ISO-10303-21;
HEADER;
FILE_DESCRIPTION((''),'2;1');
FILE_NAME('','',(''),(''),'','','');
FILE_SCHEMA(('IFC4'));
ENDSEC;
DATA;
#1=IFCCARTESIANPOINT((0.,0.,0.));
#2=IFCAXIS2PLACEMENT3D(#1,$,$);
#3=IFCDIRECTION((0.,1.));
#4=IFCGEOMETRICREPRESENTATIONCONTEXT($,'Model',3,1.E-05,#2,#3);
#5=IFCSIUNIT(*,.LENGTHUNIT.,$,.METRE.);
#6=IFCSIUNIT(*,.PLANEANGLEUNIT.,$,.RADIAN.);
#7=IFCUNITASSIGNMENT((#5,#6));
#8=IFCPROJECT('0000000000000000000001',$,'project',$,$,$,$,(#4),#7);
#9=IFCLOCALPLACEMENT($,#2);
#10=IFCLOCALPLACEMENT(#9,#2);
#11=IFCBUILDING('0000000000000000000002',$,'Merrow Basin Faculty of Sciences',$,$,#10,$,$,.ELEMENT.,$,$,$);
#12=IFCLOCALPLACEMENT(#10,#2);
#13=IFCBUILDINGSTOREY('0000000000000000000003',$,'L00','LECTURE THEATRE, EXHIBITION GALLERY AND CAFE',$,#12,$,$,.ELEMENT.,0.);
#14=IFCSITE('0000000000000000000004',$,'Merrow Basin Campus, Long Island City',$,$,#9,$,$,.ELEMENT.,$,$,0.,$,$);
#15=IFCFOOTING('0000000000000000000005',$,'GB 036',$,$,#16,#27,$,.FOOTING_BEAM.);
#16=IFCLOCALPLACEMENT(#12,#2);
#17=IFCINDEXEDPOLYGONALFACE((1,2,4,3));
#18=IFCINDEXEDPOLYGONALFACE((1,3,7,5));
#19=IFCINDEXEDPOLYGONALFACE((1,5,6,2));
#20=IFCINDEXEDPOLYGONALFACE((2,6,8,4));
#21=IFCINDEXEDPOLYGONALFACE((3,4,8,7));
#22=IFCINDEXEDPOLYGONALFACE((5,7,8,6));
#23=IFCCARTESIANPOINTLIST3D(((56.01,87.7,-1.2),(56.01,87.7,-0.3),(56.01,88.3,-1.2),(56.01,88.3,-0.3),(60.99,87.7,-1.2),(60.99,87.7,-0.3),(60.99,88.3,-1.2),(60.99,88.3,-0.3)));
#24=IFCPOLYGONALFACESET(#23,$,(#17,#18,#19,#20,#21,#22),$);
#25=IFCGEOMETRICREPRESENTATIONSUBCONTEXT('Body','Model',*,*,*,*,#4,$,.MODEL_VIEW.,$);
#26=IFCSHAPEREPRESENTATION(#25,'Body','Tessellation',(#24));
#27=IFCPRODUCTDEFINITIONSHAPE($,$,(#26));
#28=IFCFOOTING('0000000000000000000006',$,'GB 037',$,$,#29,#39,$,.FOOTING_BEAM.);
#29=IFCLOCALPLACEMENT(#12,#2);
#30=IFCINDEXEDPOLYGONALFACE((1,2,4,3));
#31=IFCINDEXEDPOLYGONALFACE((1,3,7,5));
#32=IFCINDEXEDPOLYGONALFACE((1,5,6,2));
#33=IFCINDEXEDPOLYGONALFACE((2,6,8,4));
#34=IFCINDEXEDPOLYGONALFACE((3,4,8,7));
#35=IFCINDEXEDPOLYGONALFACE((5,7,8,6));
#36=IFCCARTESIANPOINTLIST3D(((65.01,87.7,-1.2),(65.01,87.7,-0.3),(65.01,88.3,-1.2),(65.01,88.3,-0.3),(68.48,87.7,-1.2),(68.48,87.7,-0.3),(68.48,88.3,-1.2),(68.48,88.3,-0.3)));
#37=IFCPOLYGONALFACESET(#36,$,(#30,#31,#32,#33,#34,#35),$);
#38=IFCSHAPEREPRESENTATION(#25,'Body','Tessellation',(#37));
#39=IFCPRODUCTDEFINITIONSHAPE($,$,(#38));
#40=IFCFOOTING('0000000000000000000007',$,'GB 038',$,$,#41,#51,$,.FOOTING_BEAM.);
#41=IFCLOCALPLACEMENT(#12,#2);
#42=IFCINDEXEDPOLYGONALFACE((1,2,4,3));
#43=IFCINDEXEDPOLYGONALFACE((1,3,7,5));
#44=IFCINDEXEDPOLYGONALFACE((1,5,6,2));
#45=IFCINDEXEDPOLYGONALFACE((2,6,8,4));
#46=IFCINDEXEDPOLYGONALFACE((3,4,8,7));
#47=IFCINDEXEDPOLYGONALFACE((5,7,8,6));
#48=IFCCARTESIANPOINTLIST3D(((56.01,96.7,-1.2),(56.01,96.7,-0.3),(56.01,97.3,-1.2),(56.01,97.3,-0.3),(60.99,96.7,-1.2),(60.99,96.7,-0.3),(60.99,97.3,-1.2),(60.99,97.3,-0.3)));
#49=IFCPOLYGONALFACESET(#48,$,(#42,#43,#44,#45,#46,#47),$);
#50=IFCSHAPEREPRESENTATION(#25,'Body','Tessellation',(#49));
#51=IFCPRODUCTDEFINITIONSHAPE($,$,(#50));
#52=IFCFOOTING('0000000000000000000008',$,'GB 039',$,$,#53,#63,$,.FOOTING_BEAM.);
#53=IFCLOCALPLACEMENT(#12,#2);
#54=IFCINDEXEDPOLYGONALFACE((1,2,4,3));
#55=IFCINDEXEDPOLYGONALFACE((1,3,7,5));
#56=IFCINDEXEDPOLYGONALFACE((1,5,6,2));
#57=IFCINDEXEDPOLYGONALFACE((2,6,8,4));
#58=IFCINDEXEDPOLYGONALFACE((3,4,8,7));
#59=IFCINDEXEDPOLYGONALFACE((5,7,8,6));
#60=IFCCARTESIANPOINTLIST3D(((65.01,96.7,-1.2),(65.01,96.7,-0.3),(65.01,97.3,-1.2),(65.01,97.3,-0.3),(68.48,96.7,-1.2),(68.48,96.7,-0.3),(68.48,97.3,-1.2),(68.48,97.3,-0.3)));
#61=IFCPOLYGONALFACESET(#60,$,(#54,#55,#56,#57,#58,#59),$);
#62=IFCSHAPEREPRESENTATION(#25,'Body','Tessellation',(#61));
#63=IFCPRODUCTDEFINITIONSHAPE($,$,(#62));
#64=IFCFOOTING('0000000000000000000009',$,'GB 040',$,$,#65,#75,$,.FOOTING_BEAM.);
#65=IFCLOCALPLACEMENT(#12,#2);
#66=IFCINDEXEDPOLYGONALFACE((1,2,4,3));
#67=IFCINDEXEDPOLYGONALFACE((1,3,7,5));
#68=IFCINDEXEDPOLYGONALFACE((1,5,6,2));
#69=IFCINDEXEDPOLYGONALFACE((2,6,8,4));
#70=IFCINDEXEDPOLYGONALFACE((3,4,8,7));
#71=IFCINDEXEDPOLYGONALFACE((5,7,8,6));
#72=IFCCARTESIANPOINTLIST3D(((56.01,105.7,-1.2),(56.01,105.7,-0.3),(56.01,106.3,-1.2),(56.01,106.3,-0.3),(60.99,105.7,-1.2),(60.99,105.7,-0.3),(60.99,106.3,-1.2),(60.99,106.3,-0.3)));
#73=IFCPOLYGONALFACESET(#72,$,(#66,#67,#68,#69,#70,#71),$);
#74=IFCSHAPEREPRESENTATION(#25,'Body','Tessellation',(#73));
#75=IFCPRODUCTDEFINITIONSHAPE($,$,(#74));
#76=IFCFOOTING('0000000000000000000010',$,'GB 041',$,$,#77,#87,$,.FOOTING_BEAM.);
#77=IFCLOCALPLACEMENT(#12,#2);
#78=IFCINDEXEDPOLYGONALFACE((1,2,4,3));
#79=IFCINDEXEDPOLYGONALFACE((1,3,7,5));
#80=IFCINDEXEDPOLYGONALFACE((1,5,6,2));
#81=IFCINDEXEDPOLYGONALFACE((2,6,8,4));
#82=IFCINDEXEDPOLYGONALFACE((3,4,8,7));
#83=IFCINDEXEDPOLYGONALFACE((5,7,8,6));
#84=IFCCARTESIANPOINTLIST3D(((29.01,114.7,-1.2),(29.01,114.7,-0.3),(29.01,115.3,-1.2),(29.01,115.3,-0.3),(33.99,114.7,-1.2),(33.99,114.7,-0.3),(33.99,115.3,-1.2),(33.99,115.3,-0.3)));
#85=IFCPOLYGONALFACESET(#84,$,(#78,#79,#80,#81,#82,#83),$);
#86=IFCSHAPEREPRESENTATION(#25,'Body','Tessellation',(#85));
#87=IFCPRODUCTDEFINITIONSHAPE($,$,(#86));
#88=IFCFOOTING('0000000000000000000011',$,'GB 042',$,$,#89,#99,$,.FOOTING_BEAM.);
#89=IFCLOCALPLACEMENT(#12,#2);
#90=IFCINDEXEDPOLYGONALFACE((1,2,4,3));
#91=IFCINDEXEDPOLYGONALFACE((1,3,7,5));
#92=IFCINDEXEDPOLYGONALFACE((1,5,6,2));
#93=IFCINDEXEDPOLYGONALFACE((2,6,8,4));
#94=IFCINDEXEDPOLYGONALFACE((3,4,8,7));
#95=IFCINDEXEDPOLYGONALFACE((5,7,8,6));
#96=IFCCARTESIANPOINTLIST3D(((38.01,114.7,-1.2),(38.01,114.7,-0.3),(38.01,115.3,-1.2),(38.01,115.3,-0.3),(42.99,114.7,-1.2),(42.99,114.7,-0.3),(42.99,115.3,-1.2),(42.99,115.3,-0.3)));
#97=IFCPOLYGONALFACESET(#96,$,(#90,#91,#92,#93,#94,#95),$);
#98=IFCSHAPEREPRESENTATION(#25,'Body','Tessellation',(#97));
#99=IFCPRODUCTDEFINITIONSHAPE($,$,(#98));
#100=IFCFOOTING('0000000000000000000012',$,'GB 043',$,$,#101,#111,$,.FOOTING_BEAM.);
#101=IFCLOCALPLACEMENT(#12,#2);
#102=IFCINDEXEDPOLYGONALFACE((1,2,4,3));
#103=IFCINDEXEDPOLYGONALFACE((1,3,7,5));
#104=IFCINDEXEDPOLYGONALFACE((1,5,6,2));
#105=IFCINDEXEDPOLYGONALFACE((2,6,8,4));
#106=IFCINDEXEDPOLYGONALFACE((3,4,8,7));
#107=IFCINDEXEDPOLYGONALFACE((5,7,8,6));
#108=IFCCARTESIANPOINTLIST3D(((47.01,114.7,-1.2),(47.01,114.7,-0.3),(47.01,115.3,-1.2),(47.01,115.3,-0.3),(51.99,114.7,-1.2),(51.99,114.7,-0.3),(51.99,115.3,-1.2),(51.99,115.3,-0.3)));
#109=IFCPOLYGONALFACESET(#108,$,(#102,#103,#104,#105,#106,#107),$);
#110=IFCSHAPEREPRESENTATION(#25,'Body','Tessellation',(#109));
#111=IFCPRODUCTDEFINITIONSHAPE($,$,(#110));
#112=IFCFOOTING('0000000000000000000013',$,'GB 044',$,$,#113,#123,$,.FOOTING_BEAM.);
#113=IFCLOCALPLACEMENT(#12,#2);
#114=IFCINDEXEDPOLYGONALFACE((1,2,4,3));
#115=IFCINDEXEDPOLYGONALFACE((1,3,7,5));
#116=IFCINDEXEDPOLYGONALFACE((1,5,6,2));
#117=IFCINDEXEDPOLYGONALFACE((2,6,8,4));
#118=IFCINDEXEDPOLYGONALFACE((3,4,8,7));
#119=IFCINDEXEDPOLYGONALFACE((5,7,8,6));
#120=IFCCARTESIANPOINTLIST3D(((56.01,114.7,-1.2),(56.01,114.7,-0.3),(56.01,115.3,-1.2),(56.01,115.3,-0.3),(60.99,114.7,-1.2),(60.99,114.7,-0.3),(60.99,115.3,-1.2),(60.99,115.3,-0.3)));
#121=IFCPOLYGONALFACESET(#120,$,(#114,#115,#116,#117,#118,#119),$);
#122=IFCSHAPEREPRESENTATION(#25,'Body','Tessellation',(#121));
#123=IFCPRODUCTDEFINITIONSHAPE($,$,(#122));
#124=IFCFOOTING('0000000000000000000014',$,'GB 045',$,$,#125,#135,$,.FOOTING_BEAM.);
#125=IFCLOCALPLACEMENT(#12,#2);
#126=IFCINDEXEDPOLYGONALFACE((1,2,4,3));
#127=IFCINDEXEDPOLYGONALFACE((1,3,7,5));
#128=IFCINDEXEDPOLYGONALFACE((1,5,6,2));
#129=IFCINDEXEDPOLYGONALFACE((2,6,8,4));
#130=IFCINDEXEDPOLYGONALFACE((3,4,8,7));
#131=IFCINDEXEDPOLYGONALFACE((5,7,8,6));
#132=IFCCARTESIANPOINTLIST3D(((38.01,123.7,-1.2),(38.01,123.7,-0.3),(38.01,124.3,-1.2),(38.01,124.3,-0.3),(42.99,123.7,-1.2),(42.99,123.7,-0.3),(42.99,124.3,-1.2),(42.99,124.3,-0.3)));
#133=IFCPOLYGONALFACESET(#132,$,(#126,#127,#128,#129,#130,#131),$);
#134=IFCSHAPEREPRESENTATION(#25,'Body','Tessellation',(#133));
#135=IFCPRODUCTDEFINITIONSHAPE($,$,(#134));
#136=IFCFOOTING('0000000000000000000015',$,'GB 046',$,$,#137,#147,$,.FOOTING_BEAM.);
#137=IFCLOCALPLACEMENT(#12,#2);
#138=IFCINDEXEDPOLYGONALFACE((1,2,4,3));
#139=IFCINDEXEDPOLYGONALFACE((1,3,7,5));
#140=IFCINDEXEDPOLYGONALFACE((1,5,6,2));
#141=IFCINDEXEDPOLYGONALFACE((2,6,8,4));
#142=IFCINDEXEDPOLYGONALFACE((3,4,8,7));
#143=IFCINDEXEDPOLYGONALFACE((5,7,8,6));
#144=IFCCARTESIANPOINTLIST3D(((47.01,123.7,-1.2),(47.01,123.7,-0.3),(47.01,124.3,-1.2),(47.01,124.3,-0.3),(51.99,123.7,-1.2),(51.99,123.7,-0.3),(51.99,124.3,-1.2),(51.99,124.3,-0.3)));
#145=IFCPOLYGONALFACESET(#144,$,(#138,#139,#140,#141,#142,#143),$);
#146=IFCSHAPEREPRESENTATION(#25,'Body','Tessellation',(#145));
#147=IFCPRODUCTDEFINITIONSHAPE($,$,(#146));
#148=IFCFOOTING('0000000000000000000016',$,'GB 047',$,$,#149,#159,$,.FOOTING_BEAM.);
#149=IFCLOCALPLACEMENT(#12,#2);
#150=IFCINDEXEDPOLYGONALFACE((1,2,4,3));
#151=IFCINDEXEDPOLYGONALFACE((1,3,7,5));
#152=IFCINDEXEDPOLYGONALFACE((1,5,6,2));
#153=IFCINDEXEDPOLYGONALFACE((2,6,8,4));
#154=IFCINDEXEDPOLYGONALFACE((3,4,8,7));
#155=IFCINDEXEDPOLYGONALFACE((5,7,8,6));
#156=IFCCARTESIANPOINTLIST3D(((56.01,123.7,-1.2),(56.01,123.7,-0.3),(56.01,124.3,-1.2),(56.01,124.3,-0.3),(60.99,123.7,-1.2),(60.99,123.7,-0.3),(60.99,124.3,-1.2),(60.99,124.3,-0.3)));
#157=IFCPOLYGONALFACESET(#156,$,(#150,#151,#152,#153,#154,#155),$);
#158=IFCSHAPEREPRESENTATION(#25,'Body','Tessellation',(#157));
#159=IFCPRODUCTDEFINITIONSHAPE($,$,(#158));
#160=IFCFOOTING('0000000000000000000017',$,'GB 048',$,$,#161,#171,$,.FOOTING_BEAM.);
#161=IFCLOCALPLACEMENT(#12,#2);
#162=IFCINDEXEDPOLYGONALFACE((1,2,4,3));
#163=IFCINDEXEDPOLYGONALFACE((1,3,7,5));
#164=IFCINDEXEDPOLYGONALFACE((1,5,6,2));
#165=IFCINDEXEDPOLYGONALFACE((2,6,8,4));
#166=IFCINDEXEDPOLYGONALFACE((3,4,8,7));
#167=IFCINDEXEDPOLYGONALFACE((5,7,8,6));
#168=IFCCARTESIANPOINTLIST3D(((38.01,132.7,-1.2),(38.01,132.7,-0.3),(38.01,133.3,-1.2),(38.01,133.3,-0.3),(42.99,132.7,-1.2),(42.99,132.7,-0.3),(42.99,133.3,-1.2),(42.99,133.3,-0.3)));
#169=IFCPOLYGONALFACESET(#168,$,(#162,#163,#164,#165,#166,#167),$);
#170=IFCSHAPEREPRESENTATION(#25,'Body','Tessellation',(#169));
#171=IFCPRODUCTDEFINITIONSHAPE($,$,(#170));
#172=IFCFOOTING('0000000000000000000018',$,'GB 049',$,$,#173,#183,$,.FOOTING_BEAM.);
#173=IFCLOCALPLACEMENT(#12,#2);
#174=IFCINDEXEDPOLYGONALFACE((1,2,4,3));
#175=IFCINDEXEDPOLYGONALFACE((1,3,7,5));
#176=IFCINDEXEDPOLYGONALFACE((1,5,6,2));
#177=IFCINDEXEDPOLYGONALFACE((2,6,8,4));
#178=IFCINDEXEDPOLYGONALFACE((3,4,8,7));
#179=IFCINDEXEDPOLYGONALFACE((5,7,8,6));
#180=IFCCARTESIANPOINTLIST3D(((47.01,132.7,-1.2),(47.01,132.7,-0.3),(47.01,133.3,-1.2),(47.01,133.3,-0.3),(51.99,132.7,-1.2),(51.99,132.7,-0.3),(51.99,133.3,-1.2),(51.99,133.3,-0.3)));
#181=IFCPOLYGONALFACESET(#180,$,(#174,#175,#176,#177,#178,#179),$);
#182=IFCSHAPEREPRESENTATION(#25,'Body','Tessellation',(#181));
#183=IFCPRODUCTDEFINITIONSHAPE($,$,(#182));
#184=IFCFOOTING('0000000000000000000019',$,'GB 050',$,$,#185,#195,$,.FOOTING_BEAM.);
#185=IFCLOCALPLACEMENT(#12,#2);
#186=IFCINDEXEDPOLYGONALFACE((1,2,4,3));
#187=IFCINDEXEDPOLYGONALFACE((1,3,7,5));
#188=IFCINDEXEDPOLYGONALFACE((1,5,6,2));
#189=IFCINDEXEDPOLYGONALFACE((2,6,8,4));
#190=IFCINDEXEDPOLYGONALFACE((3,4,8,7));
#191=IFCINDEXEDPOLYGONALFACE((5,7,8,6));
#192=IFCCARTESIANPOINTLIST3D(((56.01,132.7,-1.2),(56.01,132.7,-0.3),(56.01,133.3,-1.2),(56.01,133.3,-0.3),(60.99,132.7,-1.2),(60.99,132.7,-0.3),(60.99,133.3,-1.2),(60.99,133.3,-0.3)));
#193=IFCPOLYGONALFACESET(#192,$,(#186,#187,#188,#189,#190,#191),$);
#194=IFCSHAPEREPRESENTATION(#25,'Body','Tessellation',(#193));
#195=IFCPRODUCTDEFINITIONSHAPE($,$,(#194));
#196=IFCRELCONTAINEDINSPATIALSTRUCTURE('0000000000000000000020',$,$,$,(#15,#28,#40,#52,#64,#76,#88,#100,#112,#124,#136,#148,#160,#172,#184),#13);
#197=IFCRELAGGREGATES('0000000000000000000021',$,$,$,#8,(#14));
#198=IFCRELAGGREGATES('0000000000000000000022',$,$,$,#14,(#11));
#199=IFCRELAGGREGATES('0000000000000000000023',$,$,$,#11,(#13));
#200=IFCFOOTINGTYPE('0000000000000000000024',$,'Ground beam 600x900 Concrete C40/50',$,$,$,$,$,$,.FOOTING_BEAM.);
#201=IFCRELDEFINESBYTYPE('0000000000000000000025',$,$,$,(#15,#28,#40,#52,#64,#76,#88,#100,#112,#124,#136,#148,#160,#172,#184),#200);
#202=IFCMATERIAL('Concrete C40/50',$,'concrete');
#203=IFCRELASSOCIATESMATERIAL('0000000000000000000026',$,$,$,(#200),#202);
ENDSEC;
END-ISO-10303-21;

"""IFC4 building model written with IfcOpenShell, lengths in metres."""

from ifc_helpers import new_model, si_unit, direction, frame, origin, place, context, subcontext, project, spatial, polyline, outline, extrude, material, type_object, element, save


model = new_model("IFC4")

# Units and contexts
model_context = context("Model", 3, precision=1e-05, world=origin(), true_north=direction((0.0, 1.0)))
body_context = subcontext(model_context, "Body", "Model", "MODEL_VIEW")
ifc_project = project(units=[si_unit("LENGTHUNIT", "METRE"), si_unit("PLANEANGLEUNIT", "RADIAN")], contexts=[model_context])

# Site, building, storey
site_placement = place(None, origin())
site = spatial("IfcSite", under=ifc_project, at=site_placement, Name="Merrow Basin Campus, Long Island City", CompositionType="ELEMENT", RefElevation=0.0)
building_placement = place(site_placement, origin())
building = spatial("IfcBuilding", under=site, at=building_placement, Name="Merrow Basin Faculty of Sciences", CompositionType="ELEMENT")
storey_placement = place(building_placement, origin())
storey = spatial("IfcBuildingStorey", under=building, at=storey_placement, Name="L00", Description="LECTURE THEATRE, EXHIBITION GALLERY AND CAFE", CompositionType="ELEMENT", Elevation=0.0)

# Footings
ifc_material = material(Name="Concrete C40/50", Category="concrete")
footing_type = type_object("IfcFootingType", Name="Ground beam 600x900 Concrete C40/50", PredefinedType="FOOTING_BEAM", material=ifc_material)
footing_1_placement = place(storey_placement, frame((0.0, 0.0, -1.2)))
element("IfcFooting", 1, at=footing_1_placement, inside=storey, type_object=footing_type, Name="GB 036", PredefinedType="FOOTING_BEAM", context=body_context, shape_type="SweptSolid", body=[
    extrude(outline(polyline([(56.01, 87.7), (60.99, 87.7), (60.99, 88.3), (56.01, 88.3), (56.01, 87.7)])), origin(), (0.0, 0.0, 1.0), 0.8999),
])
footing_2_placement = place(storey_placement, frame((0.0, 0.0, -1.2)))
element("IfcFooting", 2, at=footing_2_placement, inside=storey, type_object=footing_type, Name="GB 037", PredefinedType="FOOTING_BEAM", context=body_context, shape_type="SweptSolid", body=[
    extrude(outline(polyline([(65.01, 87.7), (68.48, 87.7), (68.48, 88.3), (65.01, 88.3), (65.01, 87.7)])), origin(), (0.0, 0.0, 1.0), 0.8999),
])
footing_3_placement = place(storey_placement, frame((0.0, 0.0, -1.2)))
element("IfcFooting", 3, at=footing_3_placement, inside=storey, type_object=footing_type, Name="GB 038", PredefinedType="FOOTING_BEAM", context=body_context, shape_type="SweptSolid", body=[
    extrude(outline(polyline([(56.01, 96.7), (60.99, 96.7), (60.99, 97.3), (56.01, 97.3), (56.01, 96.7)])), origin(), (0.0, 0.0, 1.0), 0.8999),
])
footing_4_placement = place(storey_placement, frame((0.0, 0.0, -1.2)))
element("IfcFooting", 4, at=footing_4_placement, inside=storey, type_object=footing_type, Name="GB 039", PredefinedType="FOOTING_BEAM", context=body_context, shape_type="SweptSolid", body=[
    extrude(outline(polyline([(65.01, 96.7), (68.48, 96.7), (68.48, 97.3), (65.01, 97.3), (65.01, 96.7)])), origin(), (0.0, 0.0, 1.0), 0.8999),
])
footing_5_placement = place(storey_placement, frame((0.0, 0.0, -1.2)))
element("IfcFooting", 5, at=footing_5_placement, inside=storey, type_object=footing_type, Name="GB 040", PredefinedType="FOOTING_BEAM", context=body_context, shape_type="SweptSolid", body=[
    extrude(outline(polyline([(56.01, 105.7), (60.99, 105.7), (60.99, 106.3), (56.01, 106.3), (56.01, 105.7)])), origin(), (0.0, 0.0, 1.0), 0.8999),
])
footing_6_placement = place(storey_placement, frame((0.0, 0.0, -1.2)))
element("IfcFooting", 6, at=footing_6_placement, inside=storey, type_object=footing_type, Name="GB 041", PredefinedType="FOOTING_BEAM", context=body_context, shape_type="SweptSolid", body=[
    extrude(outline(polyline([(29.01, 114.7), (33.99, 114.7), (33.99, 115.3), (29.01, 115.3), (29.01, 114.7)])), origin(), (0.0, 0.0, 1.0), 0.8999),
])
footing_7_placement = place(storey_placement, frame((0.0, 0.0, -1.2)))
element("IfcFooting", 7, at=footing_7_placement, inside=storey, type_object=footing_type, Name="GB 042", PredefinedType="FOOTING_BEAM", context=body_context, shape_type="SweptSolid", body=[
    extrude(outline(polyline([(38.01, 114.7), (42.99, 114.7), (42.99, 115.3), (38.01, 115.3), (38.01, 114.7)])), origin(), (0.0, 0.0, 1.0), 0.8999),
])
footing_8_placement = place(storey_placement, frame((0.0, 0.0, -1.2)))
element("IfcFooting", 8, at=footing_8_placement, inside=storey, type_object=footing_type, Name="GB 043", PredefinedType="FOOTING_BEAM", context=body_context, shape_type="SweptSolid", body=[
    extrude(outline(polyline([(47.01, 114.7), (51.99, 114.7), (51.99, 115.3), (47.01, 115.3), (47.01, 114.7)])), origin(), (0.0, 0.0, 1.0), 0.8999),
])
footing_9_placement = place(storey_placement, frame((0.0, 0.0, -1.2)))
element("IfcFooting", 9, at=footing_9_placement, inside=storey, type_object=footing_type, Name="GB 044", PredefinedType="FOOTING_BEAM", context=body_context, shape_type="SweptSolid", body=[
    extrude(outline(polyline([(56.01, 114.7), (60.99, 114.7), (60.99, 115.3), (56.01, 115.3), (56.01, 114.7)])), origin(), (0.0, 0.0, 1.0), 0.8999),
])
footing_10_placement = place(storey_placement, frame((0.0, 0.0, -1.2)))
element("IfcFooting", 10, at=footing_10_placement, inside=storey, type_object=footing_type, Name="GB 045", PredefinedType="FOOTING_BEAM", context=body_context, shape_type="SweptSolid", body=[
    extrude(outline(polyline([(38.01, 123.7), (42.99, 123.7), (42.99, 124.3), (38.01, 124.3), (38.01, 123.7)])), origin(), (0.0, 0.0, 1.0), 0.8999),
])
footing_11_placement = place(storey_placement, frame((0.0, 0.0, -1.2)))
element("IfcFooting", 11, at=footing_11_placement, inside=storey, type_object=footing_type, Name="GB 046", PredefinedType="FOOTING_BEAM", context=body_context, shape_type="SweptSolid", body=[
    extrude(outline(polyline([(47.01, 123.7), (51.99, 123.7), (51.99, 124.3), (47.01, 124.3), (47.01, 123.7)])), origin(), (0.0, 0.0, 1.0), 0.8999),
])
footing_12_placement = place(storey_placement, frame((0.0, 0.0, -1.2)))
element("IfcFooting", 12, at=footing_12_placement, inside=storey, type_object=footing_type, Name="GB 047", PredefinedType="FOOTING_BEAM", context=body_context, shape_type="SweptSolid", body=[
    extrude(outline(polyline([(56.01, 123.7), (60.99, 123.7), (60.99, 124.3), (56.01, 124.3), (56.01, 123.7)])), origin(), (0.0, 0.0, 1.0), 0.8999),
])
footing_13_placement = place(storey_placement, frame((0.0, 0.0, -1.2)))
element("IfcFooting", 13, at=footing_13_placement, inside=storey, type_object=footing_type, Name="GB 048", PredefinedType="FOOTING_BEAM", context=body_context, shape_type="SweptSolid", body=[
    extrude(outline(polyline([(38.01, 132.7), (42.99, 132.7), (42.99, 133.3), (38.01, 133.3), (38.01, 132.7)])), origin(), (0.0, 0.0, 1.0), 0.8999),
])
footing_14_placement = place(storey_placement, frame((0.0, 0.0, -1.2)))
element("IfcFooting", 14, at=footing_14_placement, inside=storey, type_object=footing_type, Name="GB 049", PredefinedType="FOOTING_BEAM", context=body_context, shape_type="SweptSolid", body=[
    extrude(outline(polyline([(47.01, 132.7), (51.99, 132.7), (51.99, 133.3), (47.01, 133.3), (47.01, 132.7)])), origin(), (0.0, 0.0, 1.0), 0.8999),
])
footing_15_placement = place(storey_placement, frame((0.0, 0.0, -1.2)))
element("IfcFooting", 15, at=footing_15_placement, inside=storey, type_object=footing_type, Name="GB 050", PredefinedType="FOOTING_BEAM", context=body_context, shape_type="SweptSolid", body=[
    extrude(outline(polyline([(56.01, 132.7), (60.99, 132.7), (60.99, 133.3), (56.01, 133.3), (56.01, 132.7)])), origin(), (0.0, 0.0, 1.0), 0.8999),
])

save(model, "model.ifc")
